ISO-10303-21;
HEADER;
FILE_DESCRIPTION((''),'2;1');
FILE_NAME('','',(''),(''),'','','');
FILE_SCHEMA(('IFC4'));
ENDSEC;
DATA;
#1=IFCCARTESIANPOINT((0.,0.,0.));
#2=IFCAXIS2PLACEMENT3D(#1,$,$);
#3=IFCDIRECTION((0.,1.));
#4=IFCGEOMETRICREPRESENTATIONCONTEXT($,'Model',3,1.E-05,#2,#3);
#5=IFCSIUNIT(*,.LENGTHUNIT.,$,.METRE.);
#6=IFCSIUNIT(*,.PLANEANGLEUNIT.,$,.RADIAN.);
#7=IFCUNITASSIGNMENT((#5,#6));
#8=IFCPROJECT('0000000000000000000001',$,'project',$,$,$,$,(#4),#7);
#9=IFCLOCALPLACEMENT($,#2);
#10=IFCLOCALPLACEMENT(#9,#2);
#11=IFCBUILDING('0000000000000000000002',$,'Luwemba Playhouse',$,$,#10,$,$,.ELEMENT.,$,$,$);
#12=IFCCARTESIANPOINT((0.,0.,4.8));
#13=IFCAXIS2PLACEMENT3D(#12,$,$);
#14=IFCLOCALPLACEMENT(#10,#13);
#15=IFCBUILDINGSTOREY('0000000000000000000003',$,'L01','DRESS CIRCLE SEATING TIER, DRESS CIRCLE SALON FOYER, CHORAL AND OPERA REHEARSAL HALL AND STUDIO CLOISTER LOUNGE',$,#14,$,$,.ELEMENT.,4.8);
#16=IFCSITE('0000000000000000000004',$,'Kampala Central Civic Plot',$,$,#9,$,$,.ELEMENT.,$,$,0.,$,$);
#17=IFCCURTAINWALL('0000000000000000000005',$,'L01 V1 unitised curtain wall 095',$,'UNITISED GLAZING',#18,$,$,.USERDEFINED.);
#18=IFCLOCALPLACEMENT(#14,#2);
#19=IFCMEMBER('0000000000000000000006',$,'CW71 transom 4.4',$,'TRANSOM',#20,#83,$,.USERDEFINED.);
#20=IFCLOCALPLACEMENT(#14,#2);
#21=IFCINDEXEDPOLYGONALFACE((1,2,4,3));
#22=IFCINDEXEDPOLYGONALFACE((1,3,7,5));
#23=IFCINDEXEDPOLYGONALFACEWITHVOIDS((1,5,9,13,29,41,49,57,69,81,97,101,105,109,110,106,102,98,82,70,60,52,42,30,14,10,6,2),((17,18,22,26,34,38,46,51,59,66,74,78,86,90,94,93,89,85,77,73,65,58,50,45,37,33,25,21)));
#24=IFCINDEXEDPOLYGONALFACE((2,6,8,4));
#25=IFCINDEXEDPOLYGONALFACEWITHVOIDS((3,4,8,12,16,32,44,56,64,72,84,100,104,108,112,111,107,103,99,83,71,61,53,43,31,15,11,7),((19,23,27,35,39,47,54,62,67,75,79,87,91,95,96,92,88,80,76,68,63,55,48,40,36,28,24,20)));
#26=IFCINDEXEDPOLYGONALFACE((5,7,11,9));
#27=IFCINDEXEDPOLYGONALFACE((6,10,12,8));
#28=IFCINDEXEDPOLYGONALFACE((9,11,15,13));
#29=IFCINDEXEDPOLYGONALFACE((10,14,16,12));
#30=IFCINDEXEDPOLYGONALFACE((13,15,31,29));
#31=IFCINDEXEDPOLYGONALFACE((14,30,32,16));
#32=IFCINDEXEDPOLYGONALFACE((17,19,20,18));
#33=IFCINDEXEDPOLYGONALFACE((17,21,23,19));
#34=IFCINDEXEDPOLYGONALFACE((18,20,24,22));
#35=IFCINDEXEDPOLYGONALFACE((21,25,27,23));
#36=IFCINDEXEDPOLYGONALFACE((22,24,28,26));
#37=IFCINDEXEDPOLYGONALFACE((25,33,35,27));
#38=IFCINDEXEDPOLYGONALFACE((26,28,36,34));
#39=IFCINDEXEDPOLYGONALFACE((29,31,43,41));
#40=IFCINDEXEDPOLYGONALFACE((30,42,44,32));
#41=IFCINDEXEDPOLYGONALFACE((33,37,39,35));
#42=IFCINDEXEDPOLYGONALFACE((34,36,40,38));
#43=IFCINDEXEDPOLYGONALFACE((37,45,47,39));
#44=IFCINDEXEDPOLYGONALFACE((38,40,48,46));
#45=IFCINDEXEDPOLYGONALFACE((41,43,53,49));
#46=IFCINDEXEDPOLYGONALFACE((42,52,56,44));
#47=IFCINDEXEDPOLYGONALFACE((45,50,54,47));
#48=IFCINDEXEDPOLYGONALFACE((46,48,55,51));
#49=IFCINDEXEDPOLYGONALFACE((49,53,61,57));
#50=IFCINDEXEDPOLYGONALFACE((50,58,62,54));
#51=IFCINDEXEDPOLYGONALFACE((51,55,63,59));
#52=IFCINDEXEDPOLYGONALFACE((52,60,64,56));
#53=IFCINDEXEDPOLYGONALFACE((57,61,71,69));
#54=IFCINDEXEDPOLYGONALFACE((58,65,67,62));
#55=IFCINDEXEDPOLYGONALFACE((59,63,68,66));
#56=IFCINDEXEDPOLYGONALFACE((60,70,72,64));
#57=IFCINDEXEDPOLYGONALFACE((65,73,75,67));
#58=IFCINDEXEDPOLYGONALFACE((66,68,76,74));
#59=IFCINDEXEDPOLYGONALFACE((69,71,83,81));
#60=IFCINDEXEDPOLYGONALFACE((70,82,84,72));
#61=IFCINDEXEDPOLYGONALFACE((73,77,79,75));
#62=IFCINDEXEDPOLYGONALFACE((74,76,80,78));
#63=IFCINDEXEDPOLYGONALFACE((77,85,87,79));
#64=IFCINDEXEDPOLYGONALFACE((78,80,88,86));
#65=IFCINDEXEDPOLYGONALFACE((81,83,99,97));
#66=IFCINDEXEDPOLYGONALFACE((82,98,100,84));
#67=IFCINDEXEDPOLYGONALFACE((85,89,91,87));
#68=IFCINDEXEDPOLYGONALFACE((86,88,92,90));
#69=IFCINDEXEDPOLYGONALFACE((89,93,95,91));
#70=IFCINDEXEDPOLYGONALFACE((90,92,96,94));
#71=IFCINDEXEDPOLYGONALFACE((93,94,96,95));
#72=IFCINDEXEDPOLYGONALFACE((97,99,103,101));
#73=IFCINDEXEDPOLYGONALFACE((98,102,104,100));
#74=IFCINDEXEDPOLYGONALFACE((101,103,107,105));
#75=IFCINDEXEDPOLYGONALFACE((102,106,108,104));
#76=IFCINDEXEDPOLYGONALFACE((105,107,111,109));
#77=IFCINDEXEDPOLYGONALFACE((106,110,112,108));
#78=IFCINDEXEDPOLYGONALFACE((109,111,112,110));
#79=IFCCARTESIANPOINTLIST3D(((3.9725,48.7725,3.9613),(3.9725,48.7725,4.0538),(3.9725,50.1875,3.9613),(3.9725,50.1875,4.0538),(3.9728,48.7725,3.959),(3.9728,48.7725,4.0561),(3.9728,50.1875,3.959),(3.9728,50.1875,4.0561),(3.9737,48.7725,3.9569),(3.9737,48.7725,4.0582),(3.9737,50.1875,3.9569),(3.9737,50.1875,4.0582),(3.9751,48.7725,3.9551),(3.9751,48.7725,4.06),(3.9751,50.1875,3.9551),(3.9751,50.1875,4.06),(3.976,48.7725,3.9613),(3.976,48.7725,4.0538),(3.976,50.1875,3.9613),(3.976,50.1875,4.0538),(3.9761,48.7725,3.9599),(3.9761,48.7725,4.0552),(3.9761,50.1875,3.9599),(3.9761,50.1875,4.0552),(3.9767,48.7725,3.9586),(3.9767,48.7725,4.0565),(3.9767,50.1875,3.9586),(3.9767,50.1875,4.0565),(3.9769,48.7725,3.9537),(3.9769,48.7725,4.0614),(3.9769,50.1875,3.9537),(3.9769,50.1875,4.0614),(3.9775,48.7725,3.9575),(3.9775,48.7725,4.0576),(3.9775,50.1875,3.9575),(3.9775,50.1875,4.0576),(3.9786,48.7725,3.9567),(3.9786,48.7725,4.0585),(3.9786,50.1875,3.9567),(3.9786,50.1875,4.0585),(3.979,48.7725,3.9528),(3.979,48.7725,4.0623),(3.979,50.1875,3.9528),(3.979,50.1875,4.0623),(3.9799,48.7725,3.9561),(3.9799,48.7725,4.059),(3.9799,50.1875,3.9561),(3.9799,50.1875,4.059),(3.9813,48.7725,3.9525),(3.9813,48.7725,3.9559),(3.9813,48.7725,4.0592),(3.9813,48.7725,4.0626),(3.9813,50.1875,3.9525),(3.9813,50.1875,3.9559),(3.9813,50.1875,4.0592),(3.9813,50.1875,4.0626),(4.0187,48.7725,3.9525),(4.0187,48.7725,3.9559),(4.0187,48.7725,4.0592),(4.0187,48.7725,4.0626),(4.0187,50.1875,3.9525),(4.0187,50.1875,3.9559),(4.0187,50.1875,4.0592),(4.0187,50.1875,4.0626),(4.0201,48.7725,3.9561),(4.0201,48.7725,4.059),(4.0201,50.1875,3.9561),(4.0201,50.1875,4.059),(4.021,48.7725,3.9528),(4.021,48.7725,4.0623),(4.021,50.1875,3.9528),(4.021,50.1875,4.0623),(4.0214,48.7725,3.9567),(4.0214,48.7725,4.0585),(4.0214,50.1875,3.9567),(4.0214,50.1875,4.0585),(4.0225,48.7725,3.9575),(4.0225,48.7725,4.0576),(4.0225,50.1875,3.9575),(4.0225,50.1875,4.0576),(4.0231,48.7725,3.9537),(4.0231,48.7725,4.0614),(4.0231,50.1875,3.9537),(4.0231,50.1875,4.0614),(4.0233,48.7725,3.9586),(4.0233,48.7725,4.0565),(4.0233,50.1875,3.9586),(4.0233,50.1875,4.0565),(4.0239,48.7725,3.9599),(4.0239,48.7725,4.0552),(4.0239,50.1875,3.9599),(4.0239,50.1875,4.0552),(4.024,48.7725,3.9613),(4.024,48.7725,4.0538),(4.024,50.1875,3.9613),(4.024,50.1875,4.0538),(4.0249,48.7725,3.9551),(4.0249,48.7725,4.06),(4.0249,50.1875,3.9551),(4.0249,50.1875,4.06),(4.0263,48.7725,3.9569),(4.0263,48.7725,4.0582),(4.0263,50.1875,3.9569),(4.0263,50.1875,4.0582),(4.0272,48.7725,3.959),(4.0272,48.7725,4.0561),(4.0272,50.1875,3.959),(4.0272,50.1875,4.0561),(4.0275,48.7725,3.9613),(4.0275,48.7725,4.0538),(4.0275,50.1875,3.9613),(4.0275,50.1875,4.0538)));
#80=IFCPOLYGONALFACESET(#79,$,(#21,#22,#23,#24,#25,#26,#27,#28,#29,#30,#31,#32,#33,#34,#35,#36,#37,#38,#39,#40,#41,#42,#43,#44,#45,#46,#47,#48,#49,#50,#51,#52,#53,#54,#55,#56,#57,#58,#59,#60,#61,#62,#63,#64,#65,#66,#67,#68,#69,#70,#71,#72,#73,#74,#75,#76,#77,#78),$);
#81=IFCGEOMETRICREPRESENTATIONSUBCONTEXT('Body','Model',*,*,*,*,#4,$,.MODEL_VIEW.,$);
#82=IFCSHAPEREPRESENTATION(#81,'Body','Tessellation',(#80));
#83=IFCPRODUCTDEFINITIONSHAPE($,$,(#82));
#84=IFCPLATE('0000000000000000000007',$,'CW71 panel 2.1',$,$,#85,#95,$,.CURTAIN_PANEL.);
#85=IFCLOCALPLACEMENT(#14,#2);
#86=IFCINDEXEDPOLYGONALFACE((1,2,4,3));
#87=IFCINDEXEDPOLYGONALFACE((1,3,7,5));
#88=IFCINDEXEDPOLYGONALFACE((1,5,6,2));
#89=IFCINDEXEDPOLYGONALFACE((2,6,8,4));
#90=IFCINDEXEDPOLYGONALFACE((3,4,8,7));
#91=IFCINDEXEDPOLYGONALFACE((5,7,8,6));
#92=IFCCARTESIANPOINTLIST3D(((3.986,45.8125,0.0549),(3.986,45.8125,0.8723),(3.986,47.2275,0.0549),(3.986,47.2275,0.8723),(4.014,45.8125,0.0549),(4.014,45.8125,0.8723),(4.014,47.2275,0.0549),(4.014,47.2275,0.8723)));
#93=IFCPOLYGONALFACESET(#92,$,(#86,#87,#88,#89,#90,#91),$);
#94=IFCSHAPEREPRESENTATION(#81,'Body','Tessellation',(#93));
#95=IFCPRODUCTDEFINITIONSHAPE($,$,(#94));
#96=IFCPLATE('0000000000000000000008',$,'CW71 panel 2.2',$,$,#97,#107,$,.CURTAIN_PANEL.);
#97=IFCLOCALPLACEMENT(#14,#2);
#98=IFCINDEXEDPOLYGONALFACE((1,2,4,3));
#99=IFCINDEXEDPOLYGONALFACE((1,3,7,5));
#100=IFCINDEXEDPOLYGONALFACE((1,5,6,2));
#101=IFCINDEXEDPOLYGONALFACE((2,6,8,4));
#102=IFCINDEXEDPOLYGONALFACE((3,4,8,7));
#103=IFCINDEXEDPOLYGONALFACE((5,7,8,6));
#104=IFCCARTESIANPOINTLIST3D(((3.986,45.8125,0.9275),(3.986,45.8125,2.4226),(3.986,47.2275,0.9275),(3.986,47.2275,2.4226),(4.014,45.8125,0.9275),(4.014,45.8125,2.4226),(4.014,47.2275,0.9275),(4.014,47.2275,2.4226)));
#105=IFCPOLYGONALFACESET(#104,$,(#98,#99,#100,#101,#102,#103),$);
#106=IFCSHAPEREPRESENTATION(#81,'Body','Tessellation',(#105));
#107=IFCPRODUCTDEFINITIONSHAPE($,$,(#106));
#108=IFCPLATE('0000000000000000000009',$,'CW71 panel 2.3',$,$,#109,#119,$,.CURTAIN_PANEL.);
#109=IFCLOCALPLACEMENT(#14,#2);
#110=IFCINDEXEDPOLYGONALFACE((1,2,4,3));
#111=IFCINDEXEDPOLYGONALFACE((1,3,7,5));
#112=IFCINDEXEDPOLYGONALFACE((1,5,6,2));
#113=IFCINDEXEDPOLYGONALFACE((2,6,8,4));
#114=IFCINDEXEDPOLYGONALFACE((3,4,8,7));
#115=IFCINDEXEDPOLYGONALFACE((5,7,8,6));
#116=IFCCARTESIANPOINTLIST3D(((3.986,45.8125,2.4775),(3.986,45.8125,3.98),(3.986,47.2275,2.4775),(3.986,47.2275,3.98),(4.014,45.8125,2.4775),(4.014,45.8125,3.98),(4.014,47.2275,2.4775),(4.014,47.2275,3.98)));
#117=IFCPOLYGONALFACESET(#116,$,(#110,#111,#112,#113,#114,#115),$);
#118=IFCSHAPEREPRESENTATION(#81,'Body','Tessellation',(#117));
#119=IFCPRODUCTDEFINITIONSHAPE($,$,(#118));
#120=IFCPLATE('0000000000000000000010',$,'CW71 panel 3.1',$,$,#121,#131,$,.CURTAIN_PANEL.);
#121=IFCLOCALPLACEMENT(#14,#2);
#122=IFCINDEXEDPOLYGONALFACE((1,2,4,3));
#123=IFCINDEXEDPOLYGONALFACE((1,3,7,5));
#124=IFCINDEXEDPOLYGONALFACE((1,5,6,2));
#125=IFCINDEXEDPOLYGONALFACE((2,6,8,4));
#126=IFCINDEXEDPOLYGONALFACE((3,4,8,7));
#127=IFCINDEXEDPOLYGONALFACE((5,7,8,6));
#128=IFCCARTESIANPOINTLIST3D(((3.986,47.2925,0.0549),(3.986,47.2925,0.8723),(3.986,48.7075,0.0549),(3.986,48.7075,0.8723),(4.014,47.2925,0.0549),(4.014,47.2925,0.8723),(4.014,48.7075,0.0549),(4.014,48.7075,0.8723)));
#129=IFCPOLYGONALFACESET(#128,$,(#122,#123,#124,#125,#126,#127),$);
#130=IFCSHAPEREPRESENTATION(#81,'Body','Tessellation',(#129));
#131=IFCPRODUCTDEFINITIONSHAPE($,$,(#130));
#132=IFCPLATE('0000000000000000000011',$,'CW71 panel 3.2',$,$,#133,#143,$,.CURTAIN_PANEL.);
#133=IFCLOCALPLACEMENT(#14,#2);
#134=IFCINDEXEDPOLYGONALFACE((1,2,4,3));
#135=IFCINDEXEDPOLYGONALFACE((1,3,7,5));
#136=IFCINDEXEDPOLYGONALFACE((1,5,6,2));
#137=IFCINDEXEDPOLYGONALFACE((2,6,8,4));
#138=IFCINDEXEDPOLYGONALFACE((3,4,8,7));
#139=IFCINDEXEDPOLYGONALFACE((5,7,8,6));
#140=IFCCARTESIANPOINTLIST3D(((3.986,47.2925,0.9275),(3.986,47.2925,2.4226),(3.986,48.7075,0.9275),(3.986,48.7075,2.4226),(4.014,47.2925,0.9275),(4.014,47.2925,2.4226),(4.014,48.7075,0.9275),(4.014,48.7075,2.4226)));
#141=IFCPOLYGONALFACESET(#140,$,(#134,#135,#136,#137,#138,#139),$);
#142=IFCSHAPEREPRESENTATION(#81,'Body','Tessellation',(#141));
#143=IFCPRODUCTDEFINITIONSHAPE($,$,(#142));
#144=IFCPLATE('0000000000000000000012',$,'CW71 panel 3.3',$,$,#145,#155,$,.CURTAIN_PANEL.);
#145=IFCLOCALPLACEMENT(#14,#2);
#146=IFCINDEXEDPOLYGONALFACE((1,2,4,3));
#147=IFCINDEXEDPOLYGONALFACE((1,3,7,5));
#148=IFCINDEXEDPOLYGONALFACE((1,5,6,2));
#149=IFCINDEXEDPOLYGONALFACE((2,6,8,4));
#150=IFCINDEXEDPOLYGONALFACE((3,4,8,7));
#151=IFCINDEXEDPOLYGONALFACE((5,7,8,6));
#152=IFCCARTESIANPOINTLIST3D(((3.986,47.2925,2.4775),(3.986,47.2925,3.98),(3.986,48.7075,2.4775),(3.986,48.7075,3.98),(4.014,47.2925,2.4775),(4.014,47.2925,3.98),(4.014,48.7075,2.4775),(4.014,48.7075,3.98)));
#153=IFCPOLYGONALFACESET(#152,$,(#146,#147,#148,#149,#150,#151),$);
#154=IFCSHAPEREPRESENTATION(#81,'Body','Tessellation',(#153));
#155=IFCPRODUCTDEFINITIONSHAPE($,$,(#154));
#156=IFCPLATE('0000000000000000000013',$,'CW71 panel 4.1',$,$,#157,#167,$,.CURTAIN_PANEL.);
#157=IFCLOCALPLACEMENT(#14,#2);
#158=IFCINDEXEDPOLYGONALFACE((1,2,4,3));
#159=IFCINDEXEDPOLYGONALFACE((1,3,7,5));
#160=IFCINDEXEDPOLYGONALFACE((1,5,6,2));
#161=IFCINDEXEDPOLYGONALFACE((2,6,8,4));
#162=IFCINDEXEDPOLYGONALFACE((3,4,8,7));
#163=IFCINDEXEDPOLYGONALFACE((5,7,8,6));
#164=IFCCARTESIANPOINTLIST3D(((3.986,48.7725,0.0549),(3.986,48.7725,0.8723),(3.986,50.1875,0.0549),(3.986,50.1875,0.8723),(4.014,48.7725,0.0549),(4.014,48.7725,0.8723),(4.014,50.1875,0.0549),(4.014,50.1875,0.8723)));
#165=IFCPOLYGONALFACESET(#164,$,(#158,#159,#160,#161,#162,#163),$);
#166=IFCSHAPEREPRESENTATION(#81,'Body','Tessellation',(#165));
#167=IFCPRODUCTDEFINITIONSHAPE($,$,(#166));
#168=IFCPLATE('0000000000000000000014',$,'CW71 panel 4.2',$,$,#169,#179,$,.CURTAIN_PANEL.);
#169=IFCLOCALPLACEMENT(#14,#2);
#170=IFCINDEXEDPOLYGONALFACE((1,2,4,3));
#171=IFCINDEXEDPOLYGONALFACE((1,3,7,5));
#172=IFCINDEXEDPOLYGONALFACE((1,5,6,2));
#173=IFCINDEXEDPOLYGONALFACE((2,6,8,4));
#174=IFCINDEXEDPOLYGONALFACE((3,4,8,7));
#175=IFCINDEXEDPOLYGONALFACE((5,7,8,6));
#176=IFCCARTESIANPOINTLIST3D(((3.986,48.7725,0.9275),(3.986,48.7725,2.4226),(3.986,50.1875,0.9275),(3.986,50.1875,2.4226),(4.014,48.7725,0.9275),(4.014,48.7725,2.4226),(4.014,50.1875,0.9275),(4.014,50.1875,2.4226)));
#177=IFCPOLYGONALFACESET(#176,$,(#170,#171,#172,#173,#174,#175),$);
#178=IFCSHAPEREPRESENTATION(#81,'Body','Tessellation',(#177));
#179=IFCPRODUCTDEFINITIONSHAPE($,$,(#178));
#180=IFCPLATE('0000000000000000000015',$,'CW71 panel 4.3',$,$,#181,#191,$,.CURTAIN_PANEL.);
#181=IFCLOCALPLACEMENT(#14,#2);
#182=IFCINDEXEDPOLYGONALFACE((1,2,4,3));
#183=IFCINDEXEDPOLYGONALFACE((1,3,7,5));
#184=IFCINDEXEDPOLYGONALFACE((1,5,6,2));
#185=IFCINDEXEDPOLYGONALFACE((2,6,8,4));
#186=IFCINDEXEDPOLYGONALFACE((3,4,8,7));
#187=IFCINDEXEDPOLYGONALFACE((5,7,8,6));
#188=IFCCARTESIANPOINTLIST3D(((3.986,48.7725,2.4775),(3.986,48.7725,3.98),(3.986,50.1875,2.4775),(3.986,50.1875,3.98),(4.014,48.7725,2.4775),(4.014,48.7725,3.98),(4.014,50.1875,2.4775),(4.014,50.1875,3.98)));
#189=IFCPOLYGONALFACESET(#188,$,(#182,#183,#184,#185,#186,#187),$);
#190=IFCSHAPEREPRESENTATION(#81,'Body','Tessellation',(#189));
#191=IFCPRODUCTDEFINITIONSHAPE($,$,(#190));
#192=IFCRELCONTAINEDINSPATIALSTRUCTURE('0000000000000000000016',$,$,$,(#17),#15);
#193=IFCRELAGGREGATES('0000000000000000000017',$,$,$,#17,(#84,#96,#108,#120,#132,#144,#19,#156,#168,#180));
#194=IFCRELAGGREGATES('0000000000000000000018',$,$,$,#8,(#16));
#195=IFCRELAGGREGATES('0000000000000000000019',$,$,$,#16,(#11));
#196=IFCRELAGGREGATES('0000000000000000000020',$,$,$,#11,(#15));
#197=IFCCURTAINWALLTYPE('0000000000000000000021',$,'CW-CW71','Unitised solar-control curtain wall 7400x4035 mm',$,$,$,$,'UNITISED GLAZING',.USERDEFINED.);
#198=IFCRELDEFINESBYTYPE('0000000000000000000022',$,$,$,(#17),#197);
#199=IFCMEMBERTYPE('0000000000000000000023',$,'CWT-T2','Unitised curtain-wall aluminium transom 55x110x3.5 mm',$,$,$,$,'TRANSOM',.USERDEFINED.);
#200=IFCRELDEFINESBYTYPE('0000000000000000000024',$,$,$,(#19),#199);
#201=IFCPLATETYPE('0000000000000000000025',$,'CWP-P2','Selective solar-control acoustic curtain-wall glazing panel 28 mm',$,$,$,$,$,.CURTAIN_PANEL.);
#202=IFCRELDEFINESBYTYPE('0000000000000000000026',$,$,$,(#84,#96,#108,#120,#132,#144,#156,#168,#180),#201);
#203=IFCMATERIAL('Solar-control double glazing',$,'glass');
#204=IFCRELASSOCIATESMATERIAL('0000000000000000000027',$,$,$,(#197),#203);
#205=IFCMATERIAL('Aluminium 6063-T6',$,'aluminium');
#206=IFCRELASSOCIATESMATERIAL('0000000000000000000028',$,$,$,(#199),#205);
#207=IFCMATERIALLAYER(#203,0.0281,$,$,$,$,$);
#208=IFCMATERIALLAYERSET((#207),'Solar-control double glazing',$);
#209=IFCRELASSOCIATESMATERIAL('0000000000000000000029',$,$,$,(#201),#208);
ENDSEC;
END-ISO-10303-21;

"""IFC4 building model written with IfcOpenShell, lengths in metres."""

from ifc_helpers import new_model, si_unit, direction, frame, origin, origin_2d, place, context, subcontext, project, spatial, rectangle, hollow_rectangle, extrude, material, layer, layer_set, material_profile, profile_set, type_object, element, aggregate, save


model = new_model("IFC4")

# Units and contexts
model_context = context("Model", 3, precision=1e-05, world=origin(), true_north=direction((0.0, 1.0)))
body_context = subcontext(model_context, "Body", "Model", "MODEL_VIEW")
ifc_project = project(units=[si_unit("LENGTHUNIT", "METRE"), si_unit("PLANEANGLEUNIT", "RADIAN")], contexts=[model_context])

# Site, building, storey
site_placement = place(None, origin())
site = spatial("IfcSite", under=ifc_project, at=site_placement, Name="Kampala Central Civic Plot", CompositionType="ELEMENT", RefElevation=0.0)
building_placement = place(site_placement, origin())
building = spatial("IfcBuilding", under=site, at=building_placement, Name="Luwemba Playhouse", CompositionType="ELEMENT")
storey_placement = place(building_placement, frame((0.0, 0.0, 4.8)))
storey = spatial("IfcBuildingStorey", under=building, at=storey_placement, Name="L01", Description="DRESS CIRCLE SEATING TIER, DRESS CIRCLE SALON FOYER, CHORAL AND OPERA REHEARSAL HALL AND STUDIO CLOISTER LOUNGE", CompositionType="ELEMENT", Elevation=4.8)

# Curtain wall, member, plates
ifc_material_1 = material(Name="Solar-control double glazing", Category="glass")
curtain_wall_type = type_object("IfcCurtainWallType", Name="CW-CW71", Description="Unitised solar-control curtain wall 7400x4035 mm", ElementType="UNITISED GLAZING", PredefinedType="USERDEFINED", material=ifc_material_1)
curtain_wall_placement = place(storey_placement, origin())
curtain_wall = element("IfcCurtainWall", 1, at=curtain_wall_placement, inside=storey, type_object=curtain_wall_type, Name="L01 V1 unitised curtain wall 095", ObjectType="UNITISED GLAZING", PredefinedType="USERDEFINED")
ifc_material_2 = material(Name="Aluminium 6063-T6", Category="aluminium")
ifc_material_profile_1 = material_profile(ifc_material_2, hollow_rectangle(XDim=0.0549, YDim=0.1101, WallThickness=0.0034, InnerFilletRadius=0.0054, OuterFilletRadius=0.0088, at=origin_2d()))
ifc_profile_set_1 = profile_set([ifc_material_profile_1], Name="Aluminium 6063-T6")
member_type_1 = type_object("IfcMemberType", Name="CWT-T2", Description="Unitised curtain-wall aluminium transom 55x110x3.5 mm", ElementType="TRANSOM", PredefinedType="USERDEFINED", material=ifc_profile_set_1)
member_1_placement = place(storey_placement, frame((4.0, 48.7725, 4.0076), z_axis=(0.0, 1.0, 0.0), x_axis=(-1.0, 0.0, 0.0)))
member_1 = element("IfcMember", 2, at=member_1_placement, type_object=member_type_1, Name="CW71 transom 4.4", ObjectType="TRANSOM", PredefinedType="USERDEFINED", context=body_context, shape_type="SweptSolid", body=[
    extrude(hollow_rectangle(XDim=0.0549, YDim=0.1101, WallThickness=0.0034, InnerFilletRadius=0.0054, OuterFilletRadius=0.0088, at=origin_2d()), origin(), (0.0, 0.0, 1.0), 1.415),
])
ifc_layer = layer(ifc_material_1, 0.0281)
ifc_layer_set = layer_set([ifc_layer], Name="Solar-control double glazing")
plate_type = type_object("IfcPlateType", Name="CWP-P2", Description="Selective solar-control acoustic curtain-wall glazing panel 28 mm", PredefinedType="CURTAIN_PANEL", material=ifc_layer_set)
plate_1_placement = place(storey_placement, frame((4.0, 46.52, 0.0549), z_axis=(0.0, 0.0, 1.0), x_axis=(0.0, 1.0, 0.0)))
plate_1 = element("IfcPlate", 3, at=plate_1_placement, type_object=plate_type, Name="CW71 panel 2.1", PredefinedType="CURTAIN_PANEL", context=body_context, shape_type="SweptSolid", body=[
    extrude(rectangle(XDim=1.415, YDim=0.0281, at=origin_2d()), origin(), (0.0, 0.0, 1.0), 0.8174),
])
plate_2_placement = place(storey_placement, frame((4.0, 46.52, 0.9275), z_axis=(0.0, 0.0, 1.0), x_axis=(0.0, 1.0, 0.0)))
plate_2 = element("IfcPlate", 4, at=plate_2_placement, type_object=plate_type, Name="CW71 panel 2.2", PredefinedType="CURTAIN_PANEL", context=body_context, shape_type="SweptSolid", body=[
    extrude(rectangle(XDim=1.415, YDim=0.0281, at=origin_2d()), origin(), (0.0, 0.0, 1.0), 1.4951),
])
plate_3_placement = place(storey_placement, frame((4.0, 46.52, 2.4775), z_axis=(0.0, 0.0, 1.0), x_axis=(0.0, 1.0, 0.0)))
plate_3 = element("IfcPlate", 5, at=plate_3_placement, type_object=plate_type, Name="CW71 panel 2.3", PredefinedType="CURTAIN_PANEL", context=body_context, shape_type="SweptSolid", body=[
    extrude(rectangle(XDim=1.415, YDim=0.0281, at=origin_2d()), origin(), (0.0, 0.0, 1.0), 1.5024),
])
plate_4_placement = place(storey_placement, frame((4.0, 48.0, 0.0549), z_axis=(0.0, 0.0, 1.0), x_axis=(0.0, 1.0, 0.0)))
plate_4 = element("IfcPlate", 6, at=plate_4_placement, type_object=plate_type, Name="CW71 panel 3.1", PredefinedType="CURTAIN_PANEL", context=body_context, shape_type="SweptSolid", body=[
    extrude(rectangle(XDim=1.415, YDim=0.0281, at=origin_2d()), origin(), (0.0, 0.0, 1.0), 0.8174),
])
plate_5_placement = place(storey_placement, frame((4.0, 48.0, 0.9275), z_axis=(0.0, 0.0, 1.0), x_axis=(0.0, 1.0, 0.0)))
plate_5 = element("IfcPlate", 7, at=plate_5_placement, type_object=plate_type, Name="CW71 panel 3.2", PredefinedType="CURTAIN_PANEL", context=body_context, shape_type="SweptSolid", body=[
    extrude(rectangle(XDim=1.415, YDim=0.0281, at=origin_2d()), origin(), (0.0, 0.0, 1.0), 1.4951),
])
plate_6_placement = place(storey_placement, frame((4.0, 48.0, 2.4775), z_axis=(0.0, 0.0, 1.0), x_axis=(0.0, 1.0, 0.0)))
plate_6 = element("IfcPlate", 8, at=plate_6_placement, type_object=plate_type, Name="CW71 panel 3.3", PredefinedType="CURTAIN_PANEL", context=body_context, shape_type="SweptSolid", body=[
    extrude(rectangle(XDim=1.415, YDim=0.0281, at=origin_2d()), origin(), (0.0, 0.0, 1.0), 1.5024),
])
plate_7_placement = place(storey_placement, frame((4.0, 49.48, 0.0549), z_axis=(0.0, 0.0, 1.0), x_axis=(0.0, 1.0, 0.0)))
plate_7 = element("IfcPlate", 9, at=plate_7_placement, type_object=plate_type, Name="CW71 panel 4.1", PredefinedType="CURTAIN_PANEL", context=body_context, shape_type="SweptSolid", body=[
    extrude(rectangle(XDim=1.415, YDim=0.0281, at=origin_2d()), origin(), (0.0, 0.0, 1.0), 0.8174),
])
plate_8_placement = place(storey_placement, frame((4.0, 49.48, 0.9275), z_axis=(0.0, 0.0, 1.0), x_axis=(0.0, 1.0, 0.0)))
plate_8 = element("IfcPlate", 10, at=plate_8_placement, type_object=plate_type, Name="CW71 panel 4.2", PredefinedType="CURTAIN_PANEL", context=body_context, shape_type="SweptSolid", body=[
    extrude(rectangle(XDim=1.415, YDim=0.0281, at=origin_2d()), origin(), (0.0, 0.0, 1.0), 1.4951),
])
plate_9_placement = place(storey_placement, frame((4.0, 49.48, 2.4775), z_axis=(0.0, 0.0, 1.0), x_axis=(0.0, 1.0, 0.0)))
plate_9 = element("IfcPlate", 11, at=plate_9_placement, type_object=plate_type, Name="CW71 panel 4.3", PredefinedType="CURTAIN_PANEL", context=body_context, shape_type="SweptSolid", body=[
    extrude(rectangle(XDim=1.415, YDim=0.0281, at=origin_2d()), origin(), (0.0, 0.0, 1.0), 1.5024),
])
aggregate(curtain_wall, [plate_1, plate_2, plate_3, plate_4, plate_5, plate_6, member_1, plate_7, plate_8, plate_9])

save(model, "model.ifc")
